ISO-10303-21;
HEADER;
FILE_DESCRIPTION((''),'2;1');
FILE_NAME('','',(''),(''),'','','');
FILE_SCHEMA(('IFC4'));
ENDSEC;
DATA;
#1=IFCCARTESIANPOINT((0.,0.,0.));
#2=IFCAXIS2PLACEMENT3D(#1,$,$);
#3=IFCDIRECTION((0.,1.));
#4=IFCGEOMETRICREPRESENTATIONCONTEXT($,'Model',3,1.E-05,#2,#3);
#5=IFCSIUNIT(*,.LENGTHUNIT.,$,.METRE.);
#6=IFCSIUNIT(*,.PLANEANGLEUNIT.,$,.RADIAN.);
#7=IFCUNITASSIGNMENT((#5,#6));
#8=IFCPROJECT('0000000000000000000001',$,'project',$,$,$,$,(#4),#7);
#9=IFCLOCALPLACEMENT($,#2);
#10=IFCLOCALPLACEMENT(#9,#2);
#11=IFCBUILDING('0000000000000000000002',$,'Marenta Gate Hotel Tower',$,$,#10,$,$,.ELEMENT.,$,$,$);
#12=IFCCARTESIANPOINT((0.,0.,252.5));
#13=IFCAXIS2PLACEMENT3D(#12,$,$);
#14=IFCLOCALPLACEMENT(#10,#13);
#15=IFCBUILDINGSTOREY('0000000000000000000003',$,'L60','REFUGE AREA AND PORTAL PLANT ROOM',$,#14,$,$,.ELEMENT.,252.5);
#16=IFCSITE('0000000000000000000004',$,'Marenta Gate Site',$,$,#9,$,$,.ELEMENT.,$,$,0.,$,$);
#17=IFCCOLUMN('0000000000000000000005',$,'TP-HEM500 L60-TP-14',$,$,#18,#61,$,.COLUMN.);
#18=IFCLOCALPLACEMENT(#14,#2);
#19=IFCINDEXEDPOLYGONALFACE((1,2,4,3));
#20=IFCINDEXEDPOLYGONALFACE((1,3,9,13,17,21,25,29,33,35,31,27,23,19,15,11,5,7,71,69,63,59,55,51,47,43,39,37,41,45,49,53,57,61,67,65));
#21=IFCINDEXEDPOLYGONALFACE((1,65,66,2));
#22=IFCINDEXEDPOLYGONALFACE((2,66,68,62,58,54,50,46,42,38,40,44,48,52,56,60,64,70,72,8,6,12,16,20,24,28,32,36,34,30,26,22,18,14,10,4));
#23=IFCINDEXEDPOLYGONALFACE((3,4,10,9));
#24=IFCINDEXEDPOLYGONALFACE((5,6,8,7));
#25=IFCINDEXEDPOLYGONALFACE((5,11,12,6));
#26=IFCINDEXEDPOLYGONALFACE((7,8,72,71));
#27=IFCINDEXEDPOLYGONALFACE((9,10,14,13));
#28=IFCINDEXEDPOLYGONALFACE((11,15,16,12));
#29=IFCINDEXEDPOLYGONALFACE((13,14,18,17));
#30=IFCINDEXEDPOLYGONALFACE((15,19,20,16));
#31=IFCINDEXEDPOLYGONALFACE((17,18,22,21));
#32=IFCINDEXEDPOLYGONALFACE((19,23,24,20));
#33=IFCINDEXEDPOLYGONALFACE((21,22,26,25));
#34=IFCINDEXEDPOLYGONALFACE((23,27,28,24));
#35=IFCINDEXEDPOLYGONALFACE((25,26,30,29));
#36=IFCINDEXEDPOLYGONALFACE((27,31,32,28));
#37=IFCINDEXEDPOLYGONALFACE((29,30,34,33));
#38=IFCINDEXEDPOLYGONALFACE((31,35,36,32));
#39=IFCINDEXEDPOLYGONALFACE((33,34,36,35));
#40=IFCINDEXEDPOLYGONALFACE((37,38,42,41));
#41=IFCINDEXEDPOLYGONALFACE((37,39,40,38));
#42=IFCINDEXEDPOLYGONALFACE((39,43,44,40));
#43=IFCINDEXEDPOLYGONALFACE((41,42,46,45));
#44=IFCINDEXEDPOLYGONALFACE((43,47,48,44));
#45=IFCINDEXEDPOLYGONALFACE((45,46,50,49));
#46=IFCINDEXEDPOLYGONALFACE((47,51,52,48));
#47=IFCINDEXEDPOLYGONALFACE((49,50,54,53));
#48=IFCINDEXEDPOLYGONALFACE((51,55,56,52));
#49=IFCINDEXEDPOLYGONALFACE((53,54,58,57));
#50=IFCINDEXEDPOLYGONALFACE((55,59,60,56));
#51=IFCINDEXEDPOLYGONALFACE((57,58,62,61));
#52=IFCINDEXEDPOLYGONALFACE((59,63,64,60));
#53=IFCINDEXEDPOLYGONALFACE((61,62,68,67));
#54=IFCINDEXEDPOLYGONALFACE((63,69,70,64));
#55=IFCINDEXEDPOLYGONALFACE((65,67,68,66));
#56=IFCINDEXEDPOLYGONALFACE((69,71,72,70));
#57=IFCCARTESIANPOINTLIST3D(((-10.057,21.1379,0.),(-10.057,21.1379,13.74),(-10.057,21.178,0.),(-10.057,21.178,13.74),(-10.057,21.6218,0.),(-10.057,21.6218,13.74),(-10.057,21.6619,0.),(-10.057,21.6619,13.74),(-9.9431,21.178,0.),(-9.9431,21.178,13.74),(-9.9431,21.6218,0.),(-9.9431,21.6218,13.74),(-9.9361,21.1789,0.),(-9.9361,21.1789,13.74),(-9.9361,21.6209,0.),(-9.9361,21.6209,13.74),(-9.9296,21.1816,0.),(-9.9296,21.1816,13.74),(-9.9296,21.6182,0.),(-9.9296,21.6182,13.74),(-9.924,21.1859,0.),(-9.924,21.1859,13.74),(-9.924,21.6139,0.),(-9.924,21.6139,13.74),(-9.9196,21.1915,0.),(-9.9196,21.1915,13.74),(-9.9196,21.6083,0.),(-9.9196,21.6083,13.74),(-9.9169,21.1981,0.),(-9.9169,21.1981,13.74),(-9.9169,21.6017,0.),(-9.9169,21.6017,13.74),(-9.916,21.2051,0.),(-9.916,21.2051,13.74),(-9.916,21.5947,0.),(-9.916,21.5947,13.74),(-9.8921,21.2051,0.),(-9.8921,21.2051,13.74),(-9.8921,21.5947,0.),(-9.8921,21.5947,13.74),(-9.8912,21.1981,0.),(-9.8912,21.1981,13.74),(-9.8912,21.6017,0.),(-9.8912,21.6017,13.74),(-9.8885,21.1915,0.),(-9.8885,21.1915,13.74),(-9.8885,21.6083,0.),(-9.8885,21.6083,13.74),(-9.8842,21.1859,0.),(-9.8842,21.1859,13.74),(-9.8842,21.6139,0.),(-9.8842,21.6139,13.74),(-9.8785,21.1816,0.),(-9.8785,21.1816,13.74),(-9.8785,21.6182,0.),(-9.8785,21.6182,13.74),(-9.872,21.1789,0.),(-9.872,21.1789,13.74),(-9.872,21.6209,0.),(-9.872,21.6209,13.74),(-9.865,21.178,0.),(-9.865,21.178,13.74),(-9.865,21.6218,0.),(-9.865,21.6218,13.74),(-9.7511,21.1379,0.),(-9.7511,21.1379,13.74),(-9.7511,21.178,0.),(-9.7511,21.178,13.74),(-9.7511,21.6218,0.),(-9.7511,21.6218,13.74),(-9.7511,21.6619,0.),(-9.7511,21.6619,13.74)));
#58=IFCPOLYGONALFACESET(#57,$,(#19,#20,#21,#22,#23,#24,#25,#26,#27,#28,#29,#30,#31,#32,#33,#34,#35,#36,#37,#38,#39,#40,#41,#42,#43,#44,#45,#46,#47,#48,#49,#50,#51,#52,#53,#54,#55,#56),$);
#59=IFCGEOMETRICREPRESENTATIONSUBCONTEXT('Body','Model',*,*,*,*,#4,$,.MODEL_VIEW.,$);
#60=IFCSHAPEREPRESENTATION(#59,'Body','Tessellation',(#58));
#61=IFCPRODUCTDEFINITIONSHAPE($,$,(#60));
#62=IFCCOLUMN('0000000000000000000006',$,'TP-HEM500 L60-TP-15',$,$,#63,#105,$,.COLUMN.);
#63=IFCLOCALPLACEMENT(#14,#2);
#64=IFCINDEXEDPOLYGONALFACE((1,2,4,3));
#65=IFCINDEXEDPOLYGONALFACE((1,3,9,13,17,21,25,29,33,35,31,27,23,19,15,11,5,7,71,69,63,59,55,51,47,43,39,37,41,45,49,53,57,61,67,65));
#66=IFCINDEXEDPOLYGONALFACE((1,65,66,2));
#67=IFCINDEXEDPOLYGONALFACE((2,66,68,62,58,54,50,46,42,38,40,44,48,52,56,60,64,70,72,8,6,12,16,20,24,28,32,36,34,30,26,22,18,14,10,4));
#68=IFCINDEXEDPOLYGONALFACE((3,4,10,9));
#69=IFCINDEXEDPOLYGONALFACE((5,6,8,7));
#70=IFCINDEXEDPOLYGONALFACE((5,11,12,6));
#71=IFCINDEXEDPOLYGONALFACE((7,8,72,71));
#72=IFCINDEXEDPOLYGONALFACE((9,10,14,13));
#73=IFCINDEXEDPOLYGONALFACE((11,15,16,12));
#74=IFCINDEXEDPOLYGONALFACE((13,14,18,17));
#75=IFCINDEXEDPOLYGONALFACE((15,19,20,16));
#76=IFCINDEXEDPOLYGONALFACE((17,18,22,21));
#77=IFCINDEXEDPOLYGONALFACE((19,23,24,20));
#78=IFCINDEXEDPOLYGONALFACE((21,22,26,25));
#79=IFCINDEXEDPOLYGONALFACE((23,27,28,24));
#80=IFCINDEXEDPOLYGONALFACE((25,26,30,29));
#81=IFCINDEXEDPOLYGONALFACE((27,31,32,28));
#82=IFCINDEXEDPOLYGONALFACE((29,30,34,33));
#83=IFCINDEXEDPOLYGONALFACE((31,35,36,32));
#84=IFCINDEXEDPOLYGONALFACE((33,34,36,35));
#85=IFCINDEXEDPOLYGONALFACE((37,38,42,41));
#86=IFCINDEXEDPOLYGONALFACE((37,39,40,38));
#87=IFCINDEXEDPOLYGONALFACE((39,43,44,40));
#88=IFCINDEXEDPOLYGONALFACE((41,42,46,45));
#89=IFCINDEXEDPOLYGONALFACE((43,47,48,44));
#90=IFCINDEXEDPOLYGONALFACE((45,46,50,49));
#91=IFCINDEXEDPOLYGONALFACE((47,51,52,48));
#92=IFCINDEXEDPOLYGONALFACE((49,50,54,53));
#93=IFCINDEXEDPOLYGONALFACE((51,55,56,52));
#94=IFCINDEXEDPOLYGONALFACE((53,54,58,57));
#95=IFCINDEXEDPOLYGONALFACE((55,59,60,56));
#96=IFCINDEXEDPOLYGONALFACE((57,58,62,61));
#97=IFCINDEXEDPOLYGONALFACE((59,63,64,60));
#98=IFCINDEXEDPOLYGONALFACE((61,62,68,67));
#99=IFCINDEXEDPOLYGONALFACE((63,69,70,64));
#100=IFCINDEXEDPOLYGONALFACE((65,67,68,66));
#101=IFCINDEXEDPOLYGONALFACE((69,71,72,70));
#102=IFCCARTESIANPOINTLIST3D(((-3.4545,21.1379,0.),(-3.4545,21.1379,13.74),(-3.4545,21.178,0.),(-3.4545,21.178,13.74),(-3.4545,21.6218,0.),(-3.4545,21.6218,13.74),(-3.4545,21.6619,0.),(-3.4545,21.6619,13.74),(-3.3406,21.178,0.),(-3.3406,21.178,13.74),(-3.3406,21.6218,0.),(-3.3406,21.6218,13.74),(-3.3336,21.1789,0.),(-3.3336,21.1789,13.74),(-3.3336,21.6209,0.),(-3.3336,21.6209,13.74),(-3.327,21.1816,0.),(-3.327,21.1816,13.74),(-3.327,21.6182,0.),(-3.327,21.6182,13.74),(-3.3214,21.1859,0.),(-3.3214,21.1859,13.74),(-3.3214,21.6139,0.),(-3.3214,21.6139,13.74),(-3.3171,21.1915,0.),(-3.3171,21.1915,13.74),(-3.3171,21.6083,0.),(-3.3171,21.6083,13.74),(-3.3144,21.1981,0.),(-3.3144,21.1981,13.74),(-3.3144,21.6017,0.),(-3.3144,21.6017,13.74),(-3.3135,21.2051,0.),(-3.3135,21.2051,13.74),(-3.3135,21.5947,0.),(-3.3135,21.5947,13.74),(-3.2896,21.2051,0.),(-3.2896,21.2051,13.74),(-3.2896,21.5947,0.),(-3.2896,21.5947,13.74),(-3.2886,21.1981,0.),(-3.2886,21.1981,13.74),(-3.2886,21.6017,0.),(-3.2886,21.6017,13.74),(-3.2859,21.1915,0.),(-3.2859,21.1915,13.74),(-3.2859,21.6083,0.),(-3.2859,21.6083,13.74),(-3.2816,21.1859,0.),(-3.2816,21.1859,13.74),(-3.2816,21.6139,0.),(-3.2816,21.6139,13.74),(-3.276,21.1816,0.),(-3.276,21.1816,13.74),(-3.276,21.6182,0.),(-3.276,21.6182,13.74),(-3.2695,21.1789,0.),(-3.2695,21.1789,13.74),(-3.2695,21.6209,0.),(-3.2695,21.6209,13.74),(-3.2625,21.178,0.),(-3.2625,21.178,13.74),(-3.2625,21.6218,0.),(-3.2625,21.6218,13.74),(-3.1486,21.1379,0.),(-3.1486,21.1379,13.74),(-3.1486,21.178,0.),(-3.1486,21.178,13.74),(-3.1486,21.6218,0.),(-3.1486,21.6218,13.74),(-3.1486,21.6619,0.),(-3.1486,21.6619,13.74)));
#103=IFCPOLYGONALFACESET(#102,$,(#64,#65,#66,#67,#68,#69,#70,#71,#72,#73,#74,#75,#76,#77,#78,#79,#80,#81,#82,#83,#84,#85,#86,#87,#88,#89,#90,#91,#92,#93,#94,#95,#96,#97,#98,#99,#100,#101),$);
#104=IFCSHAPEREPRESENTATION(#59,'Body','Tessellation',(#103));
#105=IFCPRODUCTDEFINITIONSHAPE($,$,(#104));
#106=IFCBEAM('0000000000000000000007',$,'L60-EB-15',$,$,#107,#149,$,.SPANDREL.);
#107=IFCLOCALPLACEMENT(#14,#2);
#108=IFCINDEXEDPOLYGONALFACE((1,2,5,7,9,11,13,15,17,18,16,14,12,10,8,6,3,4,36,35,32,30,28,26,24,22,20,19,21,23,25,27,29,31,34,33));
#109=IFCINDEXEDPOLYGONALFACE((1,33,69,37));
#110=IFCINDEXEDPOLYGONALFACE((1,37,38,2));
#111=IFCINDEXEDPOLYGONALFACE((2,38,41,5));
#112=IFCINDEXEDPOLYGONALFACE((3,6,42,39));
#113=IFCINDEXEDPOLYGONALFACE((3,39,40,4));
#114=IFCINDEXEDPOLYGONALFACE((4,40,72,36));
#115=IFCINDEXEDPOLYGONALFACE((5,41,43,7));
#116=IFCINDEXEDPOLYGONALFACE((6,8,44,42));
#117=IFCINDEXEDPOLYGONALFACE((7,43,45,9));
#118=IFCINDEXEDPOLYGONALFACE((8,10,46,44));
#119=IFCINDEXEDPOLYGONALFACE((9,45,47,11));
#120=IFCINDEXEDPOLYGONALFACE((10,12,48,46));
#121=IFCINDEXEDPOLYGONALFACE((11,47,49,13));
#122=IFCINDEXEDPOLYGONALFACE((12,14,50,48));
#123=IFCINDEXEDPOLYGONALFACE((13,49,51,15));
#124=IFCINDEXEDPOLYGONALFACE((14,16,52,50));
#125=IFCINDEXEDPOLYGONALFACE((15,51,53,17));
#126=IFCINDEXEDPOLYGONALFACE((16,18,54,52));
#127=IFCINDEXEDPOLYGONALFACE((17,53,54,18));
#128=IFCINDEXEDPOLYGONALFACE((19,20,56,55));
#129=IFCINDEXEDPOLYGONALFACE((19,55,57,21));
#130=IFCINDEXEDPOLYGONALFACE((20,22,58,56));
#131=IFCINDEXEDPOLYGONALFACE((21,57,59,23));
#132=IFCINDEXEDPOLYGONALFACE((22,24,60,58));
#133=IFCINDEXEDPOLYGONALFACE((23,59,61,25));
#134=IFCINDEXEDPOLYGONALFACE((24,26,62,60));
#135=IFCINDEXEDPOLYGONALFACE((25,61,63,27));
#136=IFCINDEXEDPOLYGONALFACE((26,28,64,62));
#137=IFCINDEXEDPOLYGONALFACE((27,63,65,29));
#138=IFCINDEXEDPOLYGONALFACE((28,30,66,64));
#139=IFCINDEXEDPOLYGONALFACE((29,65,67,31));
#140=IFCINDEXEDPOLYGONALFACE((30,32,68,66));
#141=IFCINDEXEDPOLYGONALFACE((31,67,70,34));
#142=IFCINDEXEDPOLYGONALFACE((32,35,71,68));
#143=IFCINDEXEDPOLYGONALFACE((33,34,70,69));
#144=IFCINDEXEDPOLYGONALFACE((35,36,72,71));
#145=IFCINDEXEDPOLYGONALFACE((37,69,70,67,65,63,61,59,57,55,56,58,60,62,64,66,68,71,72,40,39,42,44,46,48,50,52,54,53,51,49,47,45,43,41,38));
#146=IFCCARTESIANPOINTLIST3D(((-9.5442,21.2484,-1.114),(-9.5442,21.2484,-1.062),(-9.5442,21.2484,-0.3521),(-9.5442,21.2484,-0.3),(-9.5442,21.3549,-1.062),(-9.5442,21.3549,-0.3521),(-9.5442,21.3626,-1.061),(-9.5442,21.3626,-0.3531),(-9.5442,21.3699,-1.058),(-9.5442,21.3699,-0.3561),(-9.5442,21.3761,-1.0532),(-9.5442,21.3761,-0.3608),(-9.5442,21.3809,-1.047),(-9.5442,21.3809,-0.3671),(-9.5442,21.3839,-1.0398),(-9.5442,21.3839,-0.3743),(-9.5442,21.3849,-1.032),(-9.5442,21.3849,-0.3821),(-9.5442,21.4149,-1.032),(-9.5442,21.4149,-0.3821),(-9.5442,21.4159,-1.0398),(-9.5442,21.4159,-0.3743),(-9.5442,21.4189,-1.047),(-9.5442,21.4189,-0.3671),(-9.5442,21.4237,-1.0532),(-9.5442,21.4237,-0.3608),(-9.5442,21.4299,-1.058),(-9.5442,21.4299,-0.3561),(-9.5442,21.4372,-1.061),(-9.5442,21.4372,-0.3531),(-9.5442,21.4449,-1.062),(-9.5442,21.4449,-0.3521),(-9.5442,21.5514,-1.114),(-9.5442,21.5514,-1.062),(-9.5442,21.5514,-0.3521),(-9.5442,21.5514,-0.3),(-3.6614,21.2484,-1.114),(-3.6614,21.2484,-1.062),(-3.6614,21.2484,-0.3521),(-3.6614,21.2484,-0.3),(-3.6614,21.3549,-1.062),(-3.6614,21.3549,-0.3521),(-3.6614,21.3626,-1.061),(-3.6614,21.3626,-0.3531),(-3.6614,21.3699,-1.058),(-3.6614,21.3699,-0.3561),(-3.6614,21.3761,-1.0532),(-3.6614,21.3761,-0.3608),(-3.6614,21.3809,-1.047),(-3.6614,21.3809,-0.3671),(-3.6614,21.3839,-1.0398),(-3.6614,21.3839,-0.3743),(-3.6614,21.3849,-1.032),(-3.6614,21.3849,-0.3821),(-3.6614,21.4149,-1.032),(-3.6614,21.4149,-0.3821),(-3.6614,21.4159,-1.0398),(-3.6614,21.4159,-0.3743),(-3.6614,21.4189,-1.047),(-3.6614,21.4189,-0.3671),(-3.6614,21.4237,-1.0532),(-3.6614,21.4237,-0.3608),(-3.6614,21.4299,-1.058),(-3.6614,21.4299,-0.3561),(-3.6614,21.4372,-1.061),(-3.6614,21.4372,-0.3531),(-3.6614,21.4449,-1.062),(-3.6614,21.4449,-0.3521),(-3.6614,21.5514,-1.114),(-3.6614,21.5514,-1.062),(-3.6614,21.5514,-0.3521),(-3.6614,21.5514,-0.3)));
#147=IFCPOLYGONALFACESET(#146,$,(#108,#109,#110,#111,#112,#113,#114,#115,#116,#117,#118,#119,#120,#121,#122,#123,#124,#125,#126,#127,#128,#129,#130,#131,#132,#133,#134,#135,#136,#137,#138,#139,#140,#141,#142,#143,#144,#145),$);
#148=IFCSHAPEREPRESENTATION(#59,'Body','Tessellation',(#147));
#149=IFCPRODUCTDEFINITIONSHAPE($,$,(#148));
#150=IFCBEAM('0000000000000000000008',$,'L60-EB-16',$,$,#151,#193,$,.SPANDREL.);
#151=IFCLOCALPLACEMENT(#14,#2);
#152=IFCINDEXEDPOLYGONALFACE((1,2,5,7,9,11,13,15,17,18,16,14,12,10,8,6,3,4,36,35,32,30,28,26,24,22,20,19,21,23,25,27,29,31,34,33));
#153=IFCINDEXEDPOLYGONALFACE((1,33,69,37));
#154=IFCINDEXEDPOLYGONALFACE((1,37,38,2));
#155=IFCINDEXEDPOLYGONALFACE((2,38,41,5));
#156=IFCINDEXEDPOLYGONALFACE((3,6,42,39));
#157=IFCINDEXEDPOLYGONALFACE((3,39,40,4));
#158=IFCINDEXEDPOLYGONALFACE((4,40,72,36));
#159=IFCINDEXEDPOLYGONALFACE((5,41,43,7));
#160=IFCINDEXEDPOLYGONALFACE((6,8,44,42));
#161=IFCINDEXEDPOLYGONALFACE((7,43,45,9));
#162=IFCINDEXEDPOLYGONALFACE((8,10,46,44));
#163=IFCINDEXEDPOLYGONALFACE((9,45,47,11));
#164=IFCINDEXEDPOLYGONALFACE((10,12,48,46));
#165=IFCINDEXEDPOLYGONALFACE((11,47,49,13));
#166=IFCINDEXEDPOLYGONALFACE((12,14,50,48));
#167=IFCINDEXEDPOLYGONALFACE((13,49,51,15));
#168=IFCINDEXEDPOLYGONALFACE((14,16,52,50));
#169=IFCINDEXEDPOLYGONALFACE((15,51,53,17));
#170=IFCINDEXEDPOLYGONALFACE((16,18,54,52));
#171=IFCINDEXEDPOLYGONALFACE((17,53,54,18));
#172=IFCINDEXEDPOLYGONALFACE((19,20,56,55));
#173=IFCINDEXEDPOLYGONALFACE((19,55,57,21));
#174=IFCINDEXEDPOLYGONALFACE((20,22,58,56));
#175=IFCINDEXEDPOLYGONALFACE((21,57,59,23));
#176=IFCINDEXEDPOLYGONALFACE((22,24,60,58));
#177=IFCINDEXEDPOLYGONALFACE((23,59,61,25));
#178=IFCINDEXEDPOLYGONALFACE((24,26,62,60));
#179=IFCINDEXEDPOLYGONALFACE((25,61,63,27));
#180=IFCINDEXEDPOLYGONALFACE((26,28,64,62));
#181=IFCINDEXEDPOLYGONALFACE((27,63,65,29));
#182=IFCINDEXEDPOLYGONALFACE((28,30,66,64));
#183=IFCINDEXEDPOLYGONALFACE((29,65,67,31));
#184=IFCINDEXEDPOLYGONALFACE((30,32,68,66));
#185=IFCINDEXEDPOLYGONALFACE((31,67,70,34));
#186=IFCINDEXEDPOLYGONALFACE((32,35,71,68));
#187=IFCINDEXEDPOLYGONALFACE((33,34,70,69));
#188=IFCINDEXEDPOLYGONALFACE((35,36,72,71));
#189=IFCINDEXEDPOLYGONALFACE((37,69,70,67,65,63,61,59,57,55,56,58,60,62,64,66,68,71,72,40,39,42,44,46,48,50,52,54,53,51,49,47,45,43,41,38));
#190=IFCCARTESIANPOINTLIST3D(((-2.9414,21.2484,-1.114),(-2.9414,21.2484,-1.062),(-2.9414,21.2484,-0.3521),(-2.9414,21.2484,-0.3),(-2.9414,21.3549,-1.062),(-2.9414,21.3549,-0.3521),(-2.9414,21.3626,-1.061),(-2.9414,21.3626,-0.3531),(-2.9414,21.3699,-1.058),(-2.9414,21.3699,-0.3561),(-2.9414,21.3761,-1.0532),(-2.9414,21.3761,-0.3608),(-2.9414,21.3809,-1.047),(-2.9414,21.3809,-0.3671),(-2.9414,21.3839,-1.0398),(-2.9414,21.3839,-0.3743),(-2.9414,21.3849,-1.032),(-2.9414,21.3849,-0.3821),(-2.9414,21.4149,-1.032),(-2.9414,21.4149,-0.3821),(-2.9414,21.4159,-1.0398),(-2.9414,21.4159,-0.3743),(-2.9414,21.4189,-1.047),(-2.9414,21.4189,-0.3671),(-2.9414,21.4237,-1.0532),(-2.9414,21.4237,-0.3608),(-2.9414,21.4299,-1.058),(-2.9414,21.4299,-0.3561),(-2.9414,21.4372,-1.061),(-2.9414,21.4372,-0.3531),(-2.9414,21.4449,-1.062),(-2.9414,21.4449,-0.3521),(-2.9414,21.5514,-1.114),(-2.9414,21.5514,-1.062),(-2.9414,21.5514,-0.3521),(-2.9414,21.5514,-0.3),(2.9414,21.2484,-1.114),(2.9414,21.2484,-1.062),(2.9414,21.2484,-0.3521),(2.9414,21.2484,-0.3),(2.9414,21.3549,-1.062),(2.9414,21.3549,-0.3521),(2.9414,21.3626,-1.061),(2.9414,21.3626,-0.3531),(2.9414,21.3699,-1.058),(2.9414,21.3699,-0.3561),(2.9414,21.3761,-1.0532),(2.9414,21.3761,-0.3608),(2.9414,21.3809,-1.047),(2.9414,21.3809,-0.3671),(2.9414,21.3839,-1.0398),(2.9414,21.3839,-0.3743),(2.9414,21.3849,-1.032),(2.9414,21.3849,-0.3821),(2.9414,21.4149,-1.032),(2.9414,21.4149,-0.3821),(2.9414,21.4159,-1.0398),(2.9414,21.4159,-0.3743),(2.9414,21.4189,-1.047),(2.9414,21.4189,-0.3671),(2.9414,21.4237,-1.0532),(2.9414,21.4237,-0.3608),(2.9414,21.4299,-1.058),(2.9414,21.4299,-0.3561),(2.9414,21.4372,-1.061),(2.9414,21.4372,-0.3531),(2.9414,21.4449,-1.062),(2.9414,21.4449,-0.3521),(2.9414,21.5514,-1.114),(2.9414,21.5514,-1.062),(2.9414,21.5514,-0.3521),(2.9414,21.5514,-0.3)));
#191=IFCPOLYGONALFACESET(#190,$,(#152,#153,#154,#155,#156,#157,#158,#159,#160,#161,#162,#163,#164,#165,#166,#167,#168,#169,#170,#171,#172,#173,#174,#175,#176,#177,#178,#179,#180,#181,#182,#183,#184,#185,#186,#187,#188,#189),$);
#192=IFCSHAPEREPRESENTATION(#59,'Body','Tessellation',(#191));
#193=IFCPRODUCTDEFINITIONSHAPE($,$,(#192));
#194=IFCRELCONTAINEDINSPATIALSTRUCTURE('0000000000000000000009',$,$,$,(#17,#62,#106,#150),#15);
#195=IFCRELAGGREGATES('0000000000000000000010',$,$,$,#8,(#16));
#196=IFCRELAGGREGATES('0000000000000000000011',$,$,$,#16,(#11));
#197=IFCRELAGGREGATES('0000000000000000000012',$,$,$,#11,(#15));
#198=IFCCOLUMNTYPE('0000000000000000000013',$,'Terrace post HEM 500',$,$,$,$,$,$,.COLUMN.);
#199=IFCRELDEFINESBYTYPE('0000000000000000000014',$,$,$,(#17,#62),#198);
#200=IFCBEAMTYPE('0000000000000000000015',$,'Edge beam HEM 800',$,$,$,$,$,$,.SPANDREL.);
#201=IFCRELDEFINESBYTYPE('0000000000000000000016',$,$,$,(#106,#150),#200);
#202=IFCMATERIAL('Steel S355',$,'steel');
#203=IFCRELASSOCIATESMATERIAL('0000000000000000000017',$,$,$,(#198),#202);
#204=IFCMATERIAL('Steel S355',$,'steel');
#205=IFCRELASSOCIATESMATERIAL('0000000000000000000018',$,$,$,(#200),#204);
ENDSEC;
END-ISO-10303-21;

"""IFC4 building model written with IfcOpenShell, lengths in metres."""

from ifc_helpers import new_model, si_unit, direction, frame, origin, origin_2d, place, context, subcontext, project, spatial, i_section, extrude, material, material_profile, profile_set, type_object, element, save


model = new_model("IFC4")

# Units and contexts
model_context = context("Model", 3, precision=1e-05, world=origin(), true_north=direction((0.0, 1.0)))
body_context = subcontext(model_context, "Body", "Model", "MODEL_VIEW")
ifc_project = project(units=[si_unit("LENGTHUNIT", "METRE"), si_unit("PLANEANGLEUNIT", "RADIAN")], contexts=[model_context])

# Site, building, storey
site_placement = place(None, origin())
site = spatial("IfcSite", under=ifc_project, at=site_placement, Name="Marenta Gate Site", CompositionType="ELEMENT", RefElevation=0.0)
building_placement = place(site_placement, origin())
building = spatial("IfcBuilding", under=site, at=building_placement, Name="Marenta Gate Hotel Tower", CompositionType="ELEMENT")
storey_placement = place(building_placement, frame((0.0, 0.0, 252.5)))
storey = spatial("IfcBuildingStorey", under=building, at=storey_placement, Name="L60", Description="REFUGE AREA AND PORTAL PLANT ROOM", CompositionType="ELEMENT", Elevation=252.5)

# Columns
ifc_material_1 = material(Name="Steel S355", Category="steel")
ifc_material_profile_1 = material_profile(ifc_material_1, i_section(OverallWidth=0.3059, OverallDepth=0.5239, WebThickness=0.0239, FlangeThickness=0.04, FilletRadius=0.0271, at=origin_2d()), Name="HEM 500")
ifc_profile_set_1 = profile_set([ifc_material_profile_1], Name="Steel S355")
column_type = type_object("IfcColumnType", Name="Terrace post HEM 500", PredefinedType="COLUMN", material=ifc_profile_set_1)
for number, where, z_axis, x_axis, name in (
    (1, (-9.9041, 21.3999, 0.0), (0.0, 0.0, 1.0), (1.0, 0.0, 0.0), "TP-HEM500 L60-TP-14"),
    (2, (-3.3015, 21.3999, 0.0), (0.0, 0.0, 1.0), (1.0, 0.0, 0.0), "TP-HEM500 L60-TP-15"),
):
    element("IfcColumn", number, at=place(storey_placement, frame(where, z_axis=z_axis, x_axis=x_axis)), inside=storey, type_object=column_type, Name=name, PredefinedType="COLUMN", context=body_context, shape_type="SweptSolid", body=[
        extrude(i_section(OverallWidth=0.3059, OverallDepth=0.5239, WebThickness=0.0239, FlangeThickness=0.04, FilletRadius=0.0271, at=origin_2d()), origin(), (0.0, 0.0, 1.0), 13.74),
    ])

# Beams
ifc_material_2 = material(Name="Steel S355", Category="steel")
ifc_material_profile_2 = material_profile(ifc_material_2, i_section(OverallWidth=0.303, OverallDepth=0.814, WebThickness=0.03, FlangeThickness=0.052, FilletRadius=0.03, at=origin_2d()), Name="HEM 800")
ifc_profile_set_2 = profile_set([ifc_material_profile_2], Name="Steel S355")
beam_type_1 = type_object("IfcBeamType", Name="Edge beam HEM 800", PredefinedType="SPANDREL", material=ifc_profile_set_2)
for number, where, z_axis, x_axis, name in (
    (3, (-9.5442, 21.3999, -0.707), (1.0, 0.0, 0.0), (0.0, 1.0, 0.0), "L60-EB-15"),
    (4, (-2.9414, 21.3999, -0.707), (1.0, 0.0, 0.0), (0.0, 1.0, 0.0), "L60-EB-16"),
):
    element("IfcBeam", number, at=place(storey_placement, frame(where, z_axis=z_axis, x_axis=x_axis)), inside=storey, type_object=beam_type_1, Name=name, PredefinedType="SPANDREL", context=body_context, shape_type="SweptSolid", body=[
        extrude(i_section(OverallWidth=0.303, OverallDepth=0.814, WebThickness=0.03, FlangeThickness=0.052, FilletRadius=0.03, at=origin_2d()), origin(), (0.0, 0.0, 1.0), 5.8828),
    ])

save(model, "model.ifc")
